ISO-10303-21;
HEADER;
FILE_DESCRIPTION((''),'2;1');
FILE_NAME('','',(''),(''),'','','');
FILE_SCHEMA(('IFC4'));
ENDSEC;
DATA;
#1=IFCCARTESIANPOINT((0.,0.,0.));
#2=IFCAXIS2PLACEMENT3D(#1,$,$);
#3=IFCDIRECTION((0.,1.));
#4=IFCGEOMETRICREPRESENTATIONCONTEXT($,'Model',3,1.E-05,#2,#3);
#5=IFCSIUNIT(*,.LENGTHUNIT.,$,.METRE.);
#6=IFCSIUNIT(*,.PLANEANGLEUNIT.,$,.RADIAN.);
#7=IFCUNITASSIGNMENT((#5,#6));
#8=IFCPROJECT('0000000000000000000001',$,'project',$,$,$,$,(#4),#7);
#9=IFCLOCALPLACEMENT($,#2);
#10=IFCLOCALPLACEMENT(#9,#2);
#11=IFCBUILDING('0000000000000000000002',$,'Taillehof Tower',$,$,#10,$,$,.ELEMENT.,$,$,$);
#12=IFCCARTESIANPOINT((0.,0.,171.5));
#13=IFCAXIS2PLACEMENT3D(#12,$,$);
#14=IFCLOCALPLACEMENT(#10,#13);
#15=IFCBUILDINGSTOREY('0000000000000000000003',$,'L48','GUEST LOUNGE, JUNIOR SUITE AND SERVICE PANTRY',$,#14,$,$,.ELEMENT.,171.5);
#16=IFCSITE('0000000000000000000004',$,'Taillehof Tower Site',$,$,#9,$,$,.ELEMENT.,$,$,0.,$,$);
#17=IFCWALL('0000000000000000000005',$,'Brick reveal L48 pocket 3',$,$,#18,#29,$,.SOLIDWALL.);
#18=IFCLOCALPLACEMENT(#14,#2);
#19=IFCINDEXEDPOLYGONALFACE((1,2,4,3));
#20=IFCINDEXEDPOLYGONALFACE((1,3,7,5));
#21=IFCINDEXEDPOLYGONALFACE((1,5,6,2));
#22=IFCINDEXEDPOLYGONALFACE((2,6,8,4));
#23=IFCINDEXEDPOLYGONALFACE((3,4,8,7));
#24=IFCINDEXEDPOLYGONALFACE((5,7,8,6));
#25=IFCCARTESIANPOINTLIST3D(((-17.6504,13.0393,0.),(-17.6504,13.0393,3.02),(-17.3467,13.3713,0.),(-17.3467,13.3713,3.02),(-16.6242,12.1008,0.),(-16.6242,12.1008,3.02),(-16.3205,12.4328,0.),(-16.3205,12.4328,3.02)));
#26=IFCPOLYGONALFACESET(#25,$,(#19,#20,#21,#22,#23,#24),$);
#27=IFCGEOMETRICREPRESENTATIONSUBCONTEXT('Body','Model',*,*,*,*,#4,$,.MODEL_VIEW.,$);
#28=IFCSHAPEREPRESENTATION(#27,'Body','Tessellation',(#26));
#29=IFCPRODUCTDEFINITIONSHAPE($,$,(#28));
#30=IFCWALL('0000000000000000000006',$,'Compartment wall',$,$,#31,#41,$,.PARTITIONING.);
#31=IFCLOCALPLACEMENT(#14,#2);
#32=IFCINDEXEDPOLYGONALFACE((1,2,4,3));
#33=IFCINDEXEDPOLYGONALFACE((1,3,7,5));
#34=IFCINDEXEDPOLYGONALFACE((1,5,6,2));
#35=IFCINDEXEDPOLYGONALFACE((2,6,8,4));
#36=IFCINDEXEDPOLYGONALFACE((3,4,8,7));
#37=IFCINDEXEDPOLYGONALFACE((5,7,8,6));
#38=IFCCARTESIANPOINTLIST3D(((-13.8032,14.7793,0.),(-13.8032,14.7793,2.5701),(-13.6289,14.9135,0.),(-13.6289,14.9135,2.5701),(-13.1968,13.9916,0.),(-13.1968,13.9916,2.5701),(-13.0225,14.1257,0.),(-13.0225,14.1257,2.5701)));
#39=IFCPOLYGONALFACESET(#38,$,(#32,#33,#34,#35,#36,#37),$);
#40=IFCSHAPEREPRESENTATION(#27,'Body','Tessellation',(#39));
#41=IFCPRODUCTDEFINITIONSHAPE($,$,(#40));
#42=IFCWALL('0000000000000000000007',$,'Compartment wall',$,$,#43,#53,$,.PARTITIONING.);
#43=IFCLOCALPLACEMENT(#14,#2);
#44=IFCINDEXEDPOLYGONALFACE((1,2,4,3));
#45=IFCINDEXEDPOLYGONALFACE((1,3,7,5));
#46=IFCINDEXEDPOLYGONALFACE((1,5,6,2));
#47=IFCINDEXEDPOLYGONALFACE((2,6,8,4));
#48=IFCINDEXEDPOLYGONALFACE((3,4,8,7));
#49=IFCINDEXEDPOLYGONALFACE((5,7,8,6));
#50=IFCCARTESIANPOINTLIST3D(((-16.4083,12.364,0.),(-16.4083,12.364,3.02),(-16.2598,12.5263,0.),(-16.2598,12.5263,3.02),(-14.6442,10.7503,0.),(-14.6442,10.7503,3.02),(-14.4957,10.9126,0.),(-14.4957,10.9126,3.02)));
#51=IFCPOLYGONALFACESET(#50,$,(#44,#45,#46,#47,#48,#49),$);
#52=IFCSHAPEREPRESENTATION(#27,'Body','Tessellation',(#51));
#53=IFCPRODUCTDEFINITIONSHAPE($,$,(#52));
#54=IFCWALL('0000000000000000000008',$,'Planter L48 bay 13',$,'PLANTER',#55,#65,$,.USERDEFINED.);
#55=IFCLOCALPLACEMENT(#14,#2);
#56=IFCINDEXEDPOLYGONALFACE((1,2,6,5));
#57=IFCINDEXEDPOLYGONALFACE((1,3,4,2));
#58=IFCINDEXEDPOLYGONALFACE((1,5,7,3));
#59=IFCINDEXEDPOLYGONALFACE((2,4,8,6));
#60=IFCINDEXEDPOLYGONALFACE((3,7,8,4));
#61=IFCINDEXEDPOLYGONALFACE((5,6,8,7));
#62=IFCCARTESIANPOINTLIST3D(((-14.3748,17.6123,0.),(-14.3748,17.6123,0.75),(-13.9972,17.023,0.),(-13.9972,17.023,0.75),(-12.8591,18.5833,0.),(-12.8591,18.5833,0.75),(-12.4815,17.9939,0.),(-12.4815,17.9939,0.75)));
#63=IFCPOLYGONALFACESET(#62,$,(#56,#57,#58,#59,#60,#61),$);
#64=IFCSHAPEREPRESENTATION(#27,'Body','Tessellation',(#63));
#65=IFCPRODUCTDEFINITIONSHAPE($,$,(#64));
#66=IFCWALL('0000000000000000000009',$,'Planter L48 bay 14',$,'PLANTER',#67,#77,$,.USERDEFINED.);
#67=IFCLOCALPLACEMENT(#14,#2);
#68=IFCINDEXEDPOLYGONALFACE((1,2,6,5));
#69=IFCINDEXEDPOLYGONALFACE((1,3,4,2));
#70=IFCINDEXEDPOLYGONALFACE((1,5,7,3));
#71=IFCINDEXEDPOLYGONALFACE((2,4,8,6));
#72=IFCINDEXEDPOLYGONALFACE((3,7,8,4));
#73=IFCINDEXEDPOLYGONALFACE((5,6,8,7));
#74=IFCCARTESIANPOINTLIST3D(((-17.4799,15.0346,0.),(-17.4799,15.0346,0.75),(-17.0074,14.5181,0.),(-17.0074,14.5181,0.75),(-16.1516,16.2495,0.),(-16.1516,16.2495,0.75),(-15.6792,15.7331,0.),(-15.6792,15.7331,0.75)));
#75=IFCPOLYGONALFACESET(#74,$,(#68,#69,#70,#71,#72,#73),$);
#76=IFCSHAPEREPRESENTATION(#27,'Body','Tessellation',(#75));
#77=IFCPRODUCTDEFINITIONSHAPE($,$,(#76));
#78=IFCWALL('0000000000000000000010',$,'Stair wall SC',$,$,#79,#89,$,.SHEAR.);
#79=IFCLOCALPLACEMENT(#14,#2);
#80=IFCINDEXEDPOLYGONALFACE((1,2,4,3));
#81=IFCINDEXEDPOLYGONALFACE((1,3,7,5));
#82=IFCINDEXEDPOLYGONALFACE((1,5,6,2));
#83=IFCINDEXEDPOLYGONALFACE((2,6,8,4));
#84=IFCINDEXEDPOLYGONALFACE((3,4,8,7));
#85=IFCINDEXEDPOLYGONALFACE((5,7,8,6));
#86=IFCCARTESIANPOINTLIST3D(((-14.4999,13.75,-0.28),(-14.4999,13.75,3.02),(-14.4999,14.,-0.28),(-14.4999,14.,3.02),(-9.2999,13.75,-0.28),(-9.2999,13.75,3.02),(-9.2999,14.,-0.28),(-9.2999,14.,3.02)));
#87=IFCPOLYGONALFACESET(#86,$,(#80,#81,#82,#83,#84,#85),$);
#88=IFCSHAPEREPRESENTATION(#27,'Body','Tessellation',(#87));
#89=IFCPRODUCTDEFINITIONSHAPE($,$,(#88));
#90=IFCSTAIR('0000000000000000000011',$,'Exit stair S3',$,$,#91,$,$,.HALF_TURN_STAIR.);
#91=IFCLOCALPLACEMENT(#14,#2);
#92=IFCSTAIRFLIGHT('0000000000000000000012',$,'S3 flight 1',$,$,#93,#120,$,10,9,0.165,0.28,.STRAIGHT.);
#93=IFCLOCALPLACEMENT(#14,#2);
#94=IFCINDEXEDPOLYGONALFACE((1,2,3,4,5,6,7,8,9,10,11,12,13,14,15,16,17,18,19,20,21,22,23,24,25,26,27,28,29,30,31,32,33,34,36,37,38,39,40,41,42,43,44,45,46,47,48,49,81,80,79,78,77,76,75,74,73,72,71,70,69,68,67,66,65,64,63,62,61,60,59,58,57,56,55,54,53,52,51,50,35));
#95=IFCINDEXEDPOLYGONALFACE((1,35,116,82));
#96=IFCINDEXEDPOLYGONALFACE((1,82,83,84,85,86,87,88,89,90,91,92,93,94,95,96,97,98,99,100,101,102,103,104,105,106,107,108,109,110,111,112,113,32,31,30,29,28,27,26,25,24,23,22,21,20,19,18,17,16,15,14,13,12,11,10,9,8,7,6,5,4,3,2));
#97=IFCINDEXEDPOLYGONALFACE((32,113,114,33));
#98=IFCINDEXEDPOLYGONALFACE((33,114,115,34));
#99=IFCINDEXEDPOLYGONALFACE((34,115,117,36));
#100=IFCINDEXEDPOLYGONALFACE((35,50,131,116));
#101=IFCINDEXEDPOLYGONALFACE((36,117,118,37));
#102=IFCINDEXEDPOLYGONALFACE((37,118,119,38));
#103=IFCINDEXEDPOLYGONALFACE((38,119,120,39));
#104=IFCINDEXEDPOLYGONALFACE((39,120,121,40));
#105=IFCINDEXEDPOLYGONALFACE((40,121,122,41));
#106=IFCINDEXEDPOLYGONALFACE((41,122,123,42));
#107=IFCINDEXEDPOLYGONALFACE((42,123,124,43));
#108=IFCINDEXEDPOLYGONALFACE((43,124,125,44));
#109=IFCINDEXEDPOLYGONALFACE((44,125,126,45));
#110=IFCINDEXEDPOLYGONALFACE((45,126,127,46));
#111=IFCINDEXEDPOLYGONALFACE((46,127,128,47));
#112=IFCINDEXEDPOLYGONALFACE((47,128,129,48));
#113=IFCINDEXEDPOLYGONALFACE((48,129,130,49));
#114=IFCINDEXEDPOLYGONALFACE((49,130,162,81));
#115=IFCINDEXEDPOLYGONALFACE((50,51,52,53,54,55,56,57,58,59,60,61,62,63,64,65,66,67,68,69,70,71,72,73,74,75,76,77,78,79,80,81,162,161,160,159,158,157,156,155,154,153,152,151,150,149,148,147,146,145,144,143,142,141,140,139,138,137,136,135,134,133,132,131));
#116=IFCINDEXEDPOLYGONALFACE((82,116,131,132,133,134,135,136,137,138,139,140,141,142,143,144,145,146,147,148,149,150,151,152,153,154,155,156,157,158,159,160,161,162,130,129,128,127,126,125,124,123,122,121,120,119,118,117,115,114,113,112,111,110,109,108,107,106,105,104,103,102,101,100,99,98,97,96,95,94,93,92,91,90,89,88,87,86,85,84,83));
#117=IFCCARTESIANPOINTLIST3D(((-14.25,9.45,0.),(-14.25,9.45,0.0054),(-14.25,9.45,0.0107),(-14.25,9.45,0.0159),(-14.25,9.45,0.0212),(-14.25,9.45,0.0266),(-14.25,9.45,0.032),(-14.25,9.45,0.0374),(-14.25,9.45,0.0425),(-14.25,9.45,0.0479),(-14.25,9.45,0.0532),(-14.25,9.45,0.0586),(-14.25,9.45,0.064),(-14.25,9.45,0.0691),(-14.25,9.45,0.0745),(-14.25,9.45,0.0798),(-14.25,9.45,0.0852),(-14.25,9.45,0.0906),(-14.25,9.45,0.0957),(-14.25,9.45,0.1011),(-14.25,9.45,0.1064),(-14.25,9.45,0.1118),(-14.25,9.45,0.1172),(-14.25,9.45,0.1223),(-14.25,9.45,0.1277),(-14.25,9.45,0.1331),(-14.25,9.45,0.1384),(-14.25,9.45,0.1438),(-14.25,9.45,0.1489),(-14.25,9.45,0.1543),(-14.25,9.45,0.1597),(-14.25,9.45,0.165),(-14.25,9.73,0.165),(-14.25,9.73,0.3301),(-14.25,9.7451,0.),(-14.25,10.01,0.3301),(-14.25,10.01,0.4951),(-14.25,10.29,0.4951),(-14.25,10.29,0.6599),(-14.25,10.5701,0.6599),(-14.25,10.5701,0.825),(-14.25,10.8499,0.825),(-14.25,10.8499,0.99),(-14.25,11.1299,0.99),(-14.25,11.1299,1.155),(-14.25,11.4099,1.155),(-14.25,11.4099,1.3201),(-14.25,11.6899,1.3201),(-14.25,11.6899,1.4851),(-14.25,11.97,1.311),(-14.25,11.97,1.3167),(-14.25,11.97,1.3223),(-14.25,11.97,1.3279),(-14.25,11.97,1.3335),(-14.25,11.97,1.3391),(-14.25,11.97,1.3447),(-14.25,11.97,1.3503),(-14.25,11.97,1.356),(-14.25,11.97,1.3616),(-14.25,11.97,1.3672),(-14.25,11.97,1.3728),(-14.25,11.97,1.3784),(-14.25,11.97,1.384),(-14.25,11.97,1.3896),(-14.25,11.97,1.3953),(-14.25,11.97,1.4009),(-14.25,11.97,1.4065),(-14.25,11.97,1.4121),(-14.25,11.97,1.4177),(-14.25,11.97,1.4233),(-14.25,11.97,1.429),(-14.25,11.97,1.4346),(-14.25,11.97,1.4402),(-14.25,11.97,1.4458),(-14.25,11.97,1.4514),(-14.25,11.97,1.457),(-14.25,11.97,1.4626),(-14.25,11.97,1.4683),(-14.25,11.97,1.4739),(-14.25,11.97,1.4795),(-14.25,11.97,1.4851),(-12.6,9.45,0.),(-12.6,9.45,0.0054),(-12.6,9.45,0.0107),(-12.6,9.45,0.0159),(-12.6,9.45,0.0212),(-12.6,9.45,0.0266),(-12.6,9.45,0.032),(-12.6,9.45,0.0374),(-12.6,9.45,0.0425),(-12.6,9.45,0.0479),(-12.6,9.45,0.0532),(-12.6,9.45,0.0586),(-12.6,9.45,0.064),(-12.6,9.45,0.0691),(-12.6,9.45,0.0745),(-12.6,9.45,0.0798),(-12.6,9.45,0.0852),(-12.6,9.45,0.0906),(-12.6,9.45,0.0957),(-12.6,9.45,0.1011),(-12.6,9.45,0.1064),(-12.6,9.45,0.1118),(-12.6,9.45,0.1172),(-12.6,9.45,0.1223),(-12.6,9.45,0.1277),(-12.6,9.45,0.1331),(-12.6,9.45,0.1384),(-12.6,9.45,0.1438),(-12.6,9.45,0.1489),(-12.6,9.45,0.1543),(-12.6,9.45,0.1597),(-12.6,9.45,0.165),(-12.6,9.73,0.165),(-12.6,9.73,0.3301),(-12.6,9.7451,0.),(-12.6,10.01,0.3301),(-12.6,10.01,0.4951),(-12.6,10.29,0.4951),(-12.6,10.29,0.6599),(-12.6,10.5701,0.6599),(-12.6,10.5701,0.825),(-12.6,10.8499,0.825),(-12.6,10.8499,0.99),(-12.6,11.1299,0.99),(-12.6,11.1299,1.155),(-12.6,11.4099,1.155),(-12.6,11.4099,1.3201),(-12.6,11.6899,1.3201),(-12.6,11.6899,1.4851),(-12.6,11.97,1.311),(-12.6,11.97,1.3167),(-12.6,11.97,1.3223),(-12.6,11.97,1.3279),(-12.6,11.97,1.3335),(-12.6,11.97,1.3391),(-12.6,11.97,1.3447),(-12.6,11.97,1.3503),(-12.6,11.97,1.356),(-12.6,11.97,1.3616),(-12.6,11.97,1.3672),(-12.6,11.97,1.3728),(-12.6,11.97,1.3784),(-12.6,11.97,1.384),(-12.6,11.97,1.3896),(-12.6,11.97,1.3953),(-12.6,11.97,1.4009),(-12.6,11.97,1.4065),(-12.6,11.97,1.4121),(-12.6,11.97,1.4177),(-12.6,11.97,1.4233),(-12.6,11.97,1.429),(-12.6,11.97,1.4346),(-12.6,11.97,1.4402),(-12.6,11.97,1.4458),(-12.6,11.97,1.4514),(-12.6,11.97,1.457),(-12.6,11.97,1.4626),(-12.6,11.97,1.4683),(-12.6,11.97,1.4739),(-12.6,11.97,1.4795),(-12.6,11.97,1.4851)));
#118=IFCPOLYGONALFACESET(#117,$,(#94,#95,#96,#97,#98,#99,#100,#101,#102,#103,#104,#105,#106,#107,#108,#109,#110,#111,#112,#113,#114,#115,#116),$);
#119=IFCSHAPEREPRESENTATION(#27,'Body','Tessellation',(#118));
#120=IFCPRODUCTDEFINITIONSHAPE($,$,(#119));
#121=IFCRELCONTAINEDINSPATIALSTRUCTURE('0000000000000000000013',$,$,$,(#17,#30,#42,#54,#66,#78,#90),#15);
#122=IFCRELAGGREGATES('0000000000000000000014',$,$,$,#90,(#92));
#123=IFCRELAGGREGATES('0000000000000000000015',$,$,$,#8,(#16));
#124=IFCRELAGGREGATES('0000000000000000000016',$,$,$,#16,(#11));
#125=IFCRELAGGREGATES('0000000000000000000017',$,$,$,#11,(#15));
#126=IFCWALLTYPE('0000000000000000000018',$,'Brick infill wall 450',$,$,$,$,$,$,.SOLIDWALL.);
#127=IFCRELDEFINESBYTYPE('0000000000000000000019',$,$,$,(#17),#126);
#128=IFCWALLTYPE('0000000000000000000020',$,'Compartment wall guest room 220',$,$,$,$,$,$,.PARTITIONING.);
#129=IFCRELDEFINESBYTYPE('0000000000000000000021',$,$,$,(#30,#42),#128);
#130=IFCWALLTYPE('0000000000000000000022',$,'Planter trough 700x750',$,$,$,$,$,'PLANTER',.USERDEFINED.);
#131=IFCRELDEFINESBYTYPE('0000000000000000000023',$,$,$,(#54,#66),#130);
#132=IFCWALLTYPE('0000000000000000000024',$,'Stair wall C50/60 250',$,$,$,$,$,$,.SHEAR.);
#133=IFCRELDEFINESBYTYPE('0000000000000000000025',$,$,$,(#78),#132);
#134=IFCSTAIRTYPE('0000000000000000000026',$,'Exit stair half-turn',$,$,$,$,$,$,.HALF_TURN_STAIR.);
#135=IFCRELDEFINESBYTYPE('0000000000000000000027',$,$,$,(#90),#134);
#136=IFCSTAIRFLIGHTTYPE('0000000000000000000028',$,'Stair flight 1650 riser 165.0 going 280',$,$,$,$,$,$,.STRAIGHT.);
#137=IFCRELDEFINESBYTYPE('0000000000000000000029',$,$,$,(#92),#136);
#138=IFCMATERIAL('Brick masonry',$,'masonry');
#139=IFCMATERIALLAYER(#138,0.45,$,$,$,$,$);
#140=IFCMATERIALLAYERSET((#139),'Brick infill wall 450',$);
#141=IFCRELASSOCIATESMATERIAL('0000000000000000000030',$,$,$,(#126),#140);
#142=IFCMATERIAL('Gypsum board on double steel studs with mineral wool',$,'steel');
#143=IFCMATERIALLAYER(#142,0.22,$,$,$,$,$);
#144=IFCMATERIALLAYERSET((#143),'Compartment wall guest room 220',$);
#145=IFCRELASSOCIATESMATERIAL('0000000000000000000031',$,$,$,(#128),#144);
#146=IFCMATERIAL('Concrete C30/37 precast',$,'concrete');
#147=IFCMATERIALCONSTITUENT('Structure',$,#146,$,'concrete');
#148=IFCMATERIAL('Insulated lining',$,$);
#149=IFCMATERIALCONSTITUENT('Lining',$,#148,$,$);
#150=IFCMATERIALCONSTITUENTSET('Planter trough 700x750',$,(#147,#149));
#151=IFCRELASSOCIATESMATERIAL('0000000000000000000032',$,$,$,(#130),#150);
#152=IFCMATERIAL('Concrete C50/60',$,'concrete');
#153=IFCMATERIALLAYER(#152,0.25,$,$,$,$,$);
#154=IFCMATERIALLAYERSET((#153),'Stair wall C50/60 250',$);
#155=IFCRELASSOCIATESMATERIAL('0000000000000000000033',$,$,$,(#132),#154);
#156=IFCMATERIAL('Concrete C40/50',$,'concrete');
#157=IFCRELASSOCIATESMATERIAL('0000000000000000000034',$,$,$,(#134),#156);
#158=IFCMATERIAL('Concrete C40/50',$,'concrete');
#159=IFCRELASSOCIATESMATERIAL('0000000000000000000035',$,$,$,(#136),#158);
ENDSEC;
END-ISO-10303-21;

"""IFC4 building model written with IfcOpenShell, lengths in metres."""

from ifc_helpers import new_model, si_unit, direction, frame, frame_2d, origin, place, context, subcontext, project, spatial, polyline, rectangle, outline, extrude, material, layer, layer_set, constituent, constituent_set, type_object, element, aggregate, save


model = new_model("IFC4")

# Units and contexts
model_context = context("Model", 3, precision=1e-05, world=origin(), true_north=direction((0.0, 1.0)))
body_context = subcontext(model_context, "Body", "Model", "MODEL_VIEW")
ifc_project = project(units=[si_unit("LENGTHUNIT", "METRE"), si_unit("PLANEANGLEUNIT", "RADIAN")], contexts=[model_context])

# Site, building, storey
site_placement = place(None, origin())
site = spatial("IfcSite", under=ifc_project, at=site_placement, Name="Taillehof Tower Site", CompositionType="ELEMENT", RefElevation=0.0)
building_placement = place(site_placement, origin())
building = spatial("IfcBuilding", under=site, at=building_placement, Name="Taillehof Tower", CompositionType="ELEMENT")
storey_placement = place(building_placement, frame((0.0, 0.0, 171.5)))
storey = spatial("IfcBuildingStorey", under=building, at=storey_placement, Name="L48", Description="GUEST LOUNGE, JUNIOR SUITE AND SERVICE PANTRY", CompositionType="ELEMENT", Elevation=171.5)

# Shared definitions
ifc_material_1 = material(Name="Brick masonry", Category="masonry")
ifc_layer_1 = layer(ifc_material_1, 0.45)
ifc_layer_set_1 = layer_set([ifc_layer_1], Name="Brick infill wall 450")
wall_type_1 = type_object("IfcWallType", Name="Brick infill wall 450", PredefinedType="SOLIDWALL", material=ifc_layer_set_1)

# Wall
wall_1_placement = place(storey_placement, frame((-17.4985, 13.2053, 0.0), z_axis=(0.0, 0.0, 1.0), x_axis=(0.737919, -0.674889, 0.0)))
element("IfcWall", 1, at=wall_1_placement, inside=storey, type_object=wall_type_1, Name="Brick reveal L48 pocket 3", PredefinedType="SOLIDWALL", context=body_context, shape_type="SweptSolid", body=[
    extrude(rectangle(XDim=1.3906, YDim=0.45, at=frame_2d((0.6953, 0.0))), origin(), (0.0, 0.0, 1.0), 3.02),
])

# Walls
ifc_material_2 = material(Name="Gypsum board on double steel studs with mineral wool", Category="steel")
ifc_layer_2 = layer(ifc_material_2, 0.22)
ifc_layer_set_2 = layer_set([ifc_layer_2], Name="Compartment wall guest room 220")
wall_type_2 = type_object("IfcWallType", Name="Compartment wall guest room 220", PredefinedType="PARTITIONING", material=ifc_layer_set_2)
wall_2_placement = place(storey_placement, frame((-13.7161, 14.8464, 0.0), z_axis=(0.0, 0.0, 1.0), x_axis=(0.609972, -0.792423, 0.0)))
element("IfcWall", 2, at=wall_2_placement, inside=storey, type_object=wall_type_2, Name="Compartment wall", PredefinedType="PARTITIONING", context=body_context, shape_type="SweptSolid", body=[
    extrude(rectangle(XDim=0.9941, YDim=0.22, at=frame_2d((0.4971, 0.0))), origin(), (0.0, 0.0, 1.0), 2.5701),
])
wall_3_placement = place(storey_placement, frame((-16.334, 12.4451, 0.0), z_axis=(0.0, 0.0, 1.0), x_axis=(0.737857, -0.674957, 0.0)))
element("IfcWall", 3, at=wall_3_placement, inside=storey, type_object=wall_type_2, Name="Compartment wall", PredefinedType="PARTITIONING", context=body_context, shape_type="SweptSolid", body=[
    extrude(rectangle(XDim=2.3909, YDim=0.22, at=frame_2d((1.1953, 0.0))), origin(), (0.0, 0.0, 1.0), 3.02),
])
ifc_material_3 = material(Name="Concrete C30/37 precast", Category="concrete")
ifc_constituent_1 = constituent(ifc_material_3, Name="Structure", Category="concrete")
ifc_material_4 = material(Name="Insulated lining")
ifc_constituent_2 = constituent(ifc_material_4, Name="Lining")
ifc_constituent_set = constituent_set(constituents=[ifc_constituent_1, ifc_constituent_2], Name="Planter trough 700x750")
wall_type_3 = type_object("IfcWallType", Name="Planter trough 700x750", ElementType="PLANTER", PredefinedType="USERDEFINED", material=ifc_constituent_set)
for number, where, z_axis, x_axis, name in (
    (4, (-12.6704, 18.2886, 0.0), (0.0, 0.0, 1.0), (-0.842032, -0.539427, 0.0), "Planter L48 bay 13"),
    (5, (-15.9155, 15.9912, 0.0), (0.0, 0.0, 1.0), (-0.737874, -0.674938, 0.0), "Planter L48 bay 14"),
):
    element("IfcWall", number, at=place(storey_placement, frame(where, z_axis=z_axis, x_axis=x_axis)), inside=storey, type_object=wall_type_3, Name=name, ObjectType="PLANTER", PredefinedType="USERDEFINED", context=body_context, shape_type="SweptSolid", body=[
        extrude(rectangle(XDim=1.8, YDim=0.7, at=frame_2d((0.8999, 0.0))), origin(), (0.0, 0.0, 1.0), 0.75),
    ])
ifc_material_5 = material(Name="Concrete C50/60", Category="concrete")
ifc_layer_3 = layer(ifc_material_5, 0.25)
ifc_layer_set_3 = layer_set([ifc_layer_3], Name="Stair wall C50/60 250")
wall_type_4 = type_object("IfcWallType", Name="Stair wall C50/60 250", PredefinedType="SHEAR", material=ifc_layer_set_3)
wall_4_placement = place(storey_placement, frame((-14.5, 13.875, -0.28), z_axis=(0.0, 0.0, 1.0), x_axis=(1.0, 0.0, 0.0)))
element("IfcWall", 6, at=wall_4_placement, inside=storey, type_object=wall_type_4, Name="Stair wall SC", PredefinedType="SHEAR", context=body_context, shape_type="SweptSolid", body=[
    extrude(rectangle(XDim=5.2, YDim=0.25, at=frame_2d((2.6001, 0.0))), origin(), (0.0, 0.0, 1.0), 3.3),
])

# Stair, stair flight
ifc_material_6 = material(Name="Concrete C40/50", Category="concrete")
stair_type = type_object("IfcStairType", Name="Exit stair half-turn", PredefinedType="HALF_TURN_STAIR", material=ifc_material_6)
stair_placement = place(storey_placement, origin())
stair = element("IfcStair", 7, at=stair_placement, inside=storey, type_object=stair_type, Name="Exit stair S3", PredefinedType="HALF_TURN_STAIR")
ifc_material_7 = material(Name="Concrete C40/50", Category="concrete")
stair_flight_type = type_object("IfcStairFlightType", Name="Stair flight 1650 riser 165.0 going 280", PredefinedType="STRAIGHT", material=ifc_material_7)
stair_flight_placement = place(storey_placement, frame((-13.425, 9.45, 0.0), z_axis=(0.0, 0.0, 1.0), x_axis=(0.0, 1.0, 0.0)))
stair_flight = element("IfcStairFlight", 8, at=stair_flight_placement, type_object=stair_flight_type, Name="S3 flight 1", NumberOfRisers=10, NumberOfTreads=9, PredefinedType="STRAIGHT", RiserHeight=0.165, TreadLength=0.28, context=body_context, shape_type="SweptSolid", body=[
    extrude(outline(polyline([(0.0, 0.0), (0.0, 0.0054), (0.0, 0.0107), (0.0, 0.0159), (0.0, 0.0212), (0.0, 0.0266), (0.0, 0.032), (0.0, 0.0374), (0.0, 0.0425), (0.0, 0.0479), (0.0, 0.0532), (0.0, 0.0586), (0.0, 0.064), (0.0, 0.0691), (0.0, 0.0745), (0.0, 0.0798), (0.0, 0.0852), (0.0, 0.0906), (0.0, 0.0957), (0.0, 0.1011), (0.0, 0.1064), (0.0, 0.1118), (0.0, 0.1172), (0.0, 0.1223), (0.0, 0.1277), (0.0, 0.1331), (0.0, 0.1384), (0.0, 0.1438), (0.0, 0.1489), (0.0, 0.1543), (0.0, 0.1597), (0.0, 0.165), (0.28, 0.165), (0.28, 0.3301), (0.5601, 0.3301), (0.5601, 0.4951), (0.8401, 0.4951), (0.8401, 0.6599), (1.1201, 0.6599), (1.1201, 0.825), (1.3999, 0.825), (1.3999, 0.99), (1.6799, 0.99), (1.6799, 1.155), (1.96, 1.155), (1.96, 1.3201), (2.24, 1.3201), (2.24, 1.4851), (2.52, 1.4851), (2.52, 1.4795), (2.52, 1.4739), (2.52, 1.4683), (2.52, 1.4626), (2.52, 1.457), (2.52, 1.4514), (2.52, 1.4458), (2.52, 1.4402), (2.52, 1.4346), (2.52, 1.429), (2.52, 1.4233), (2.52, 1.4177), (2.52, 1.4121), (2.52, 1.4065), (2.52, 1.4009), (2.52, 1.3953), (2.52, 1.3896), (2.52, 1.384), (2.52, 1.3784), (2.52, 1.3728), (2.52, 1.3672), (2.52, 1.3616), (2.52, 1.356), (2.52, 1.3503), (2.52, 1.3447), (2.52, 1.3391), (2.52, 1.3335), (2.52, 1.3279), (2.52, 1.3223), (2.52, 1.3167), (2.52, 1.311), (0.2952, 0.0), (0.0, 0.0)])), frame((0.0, 0.825, 0.0), z_axis=(0.0, -1.0, 0.0), x_axis=(1.0, 0.0, 0.0)), (0.0, 0.0, 1.0), 1.65),
])
aggregate(stair, [stair_flight])

save(model, "model.ifc")
